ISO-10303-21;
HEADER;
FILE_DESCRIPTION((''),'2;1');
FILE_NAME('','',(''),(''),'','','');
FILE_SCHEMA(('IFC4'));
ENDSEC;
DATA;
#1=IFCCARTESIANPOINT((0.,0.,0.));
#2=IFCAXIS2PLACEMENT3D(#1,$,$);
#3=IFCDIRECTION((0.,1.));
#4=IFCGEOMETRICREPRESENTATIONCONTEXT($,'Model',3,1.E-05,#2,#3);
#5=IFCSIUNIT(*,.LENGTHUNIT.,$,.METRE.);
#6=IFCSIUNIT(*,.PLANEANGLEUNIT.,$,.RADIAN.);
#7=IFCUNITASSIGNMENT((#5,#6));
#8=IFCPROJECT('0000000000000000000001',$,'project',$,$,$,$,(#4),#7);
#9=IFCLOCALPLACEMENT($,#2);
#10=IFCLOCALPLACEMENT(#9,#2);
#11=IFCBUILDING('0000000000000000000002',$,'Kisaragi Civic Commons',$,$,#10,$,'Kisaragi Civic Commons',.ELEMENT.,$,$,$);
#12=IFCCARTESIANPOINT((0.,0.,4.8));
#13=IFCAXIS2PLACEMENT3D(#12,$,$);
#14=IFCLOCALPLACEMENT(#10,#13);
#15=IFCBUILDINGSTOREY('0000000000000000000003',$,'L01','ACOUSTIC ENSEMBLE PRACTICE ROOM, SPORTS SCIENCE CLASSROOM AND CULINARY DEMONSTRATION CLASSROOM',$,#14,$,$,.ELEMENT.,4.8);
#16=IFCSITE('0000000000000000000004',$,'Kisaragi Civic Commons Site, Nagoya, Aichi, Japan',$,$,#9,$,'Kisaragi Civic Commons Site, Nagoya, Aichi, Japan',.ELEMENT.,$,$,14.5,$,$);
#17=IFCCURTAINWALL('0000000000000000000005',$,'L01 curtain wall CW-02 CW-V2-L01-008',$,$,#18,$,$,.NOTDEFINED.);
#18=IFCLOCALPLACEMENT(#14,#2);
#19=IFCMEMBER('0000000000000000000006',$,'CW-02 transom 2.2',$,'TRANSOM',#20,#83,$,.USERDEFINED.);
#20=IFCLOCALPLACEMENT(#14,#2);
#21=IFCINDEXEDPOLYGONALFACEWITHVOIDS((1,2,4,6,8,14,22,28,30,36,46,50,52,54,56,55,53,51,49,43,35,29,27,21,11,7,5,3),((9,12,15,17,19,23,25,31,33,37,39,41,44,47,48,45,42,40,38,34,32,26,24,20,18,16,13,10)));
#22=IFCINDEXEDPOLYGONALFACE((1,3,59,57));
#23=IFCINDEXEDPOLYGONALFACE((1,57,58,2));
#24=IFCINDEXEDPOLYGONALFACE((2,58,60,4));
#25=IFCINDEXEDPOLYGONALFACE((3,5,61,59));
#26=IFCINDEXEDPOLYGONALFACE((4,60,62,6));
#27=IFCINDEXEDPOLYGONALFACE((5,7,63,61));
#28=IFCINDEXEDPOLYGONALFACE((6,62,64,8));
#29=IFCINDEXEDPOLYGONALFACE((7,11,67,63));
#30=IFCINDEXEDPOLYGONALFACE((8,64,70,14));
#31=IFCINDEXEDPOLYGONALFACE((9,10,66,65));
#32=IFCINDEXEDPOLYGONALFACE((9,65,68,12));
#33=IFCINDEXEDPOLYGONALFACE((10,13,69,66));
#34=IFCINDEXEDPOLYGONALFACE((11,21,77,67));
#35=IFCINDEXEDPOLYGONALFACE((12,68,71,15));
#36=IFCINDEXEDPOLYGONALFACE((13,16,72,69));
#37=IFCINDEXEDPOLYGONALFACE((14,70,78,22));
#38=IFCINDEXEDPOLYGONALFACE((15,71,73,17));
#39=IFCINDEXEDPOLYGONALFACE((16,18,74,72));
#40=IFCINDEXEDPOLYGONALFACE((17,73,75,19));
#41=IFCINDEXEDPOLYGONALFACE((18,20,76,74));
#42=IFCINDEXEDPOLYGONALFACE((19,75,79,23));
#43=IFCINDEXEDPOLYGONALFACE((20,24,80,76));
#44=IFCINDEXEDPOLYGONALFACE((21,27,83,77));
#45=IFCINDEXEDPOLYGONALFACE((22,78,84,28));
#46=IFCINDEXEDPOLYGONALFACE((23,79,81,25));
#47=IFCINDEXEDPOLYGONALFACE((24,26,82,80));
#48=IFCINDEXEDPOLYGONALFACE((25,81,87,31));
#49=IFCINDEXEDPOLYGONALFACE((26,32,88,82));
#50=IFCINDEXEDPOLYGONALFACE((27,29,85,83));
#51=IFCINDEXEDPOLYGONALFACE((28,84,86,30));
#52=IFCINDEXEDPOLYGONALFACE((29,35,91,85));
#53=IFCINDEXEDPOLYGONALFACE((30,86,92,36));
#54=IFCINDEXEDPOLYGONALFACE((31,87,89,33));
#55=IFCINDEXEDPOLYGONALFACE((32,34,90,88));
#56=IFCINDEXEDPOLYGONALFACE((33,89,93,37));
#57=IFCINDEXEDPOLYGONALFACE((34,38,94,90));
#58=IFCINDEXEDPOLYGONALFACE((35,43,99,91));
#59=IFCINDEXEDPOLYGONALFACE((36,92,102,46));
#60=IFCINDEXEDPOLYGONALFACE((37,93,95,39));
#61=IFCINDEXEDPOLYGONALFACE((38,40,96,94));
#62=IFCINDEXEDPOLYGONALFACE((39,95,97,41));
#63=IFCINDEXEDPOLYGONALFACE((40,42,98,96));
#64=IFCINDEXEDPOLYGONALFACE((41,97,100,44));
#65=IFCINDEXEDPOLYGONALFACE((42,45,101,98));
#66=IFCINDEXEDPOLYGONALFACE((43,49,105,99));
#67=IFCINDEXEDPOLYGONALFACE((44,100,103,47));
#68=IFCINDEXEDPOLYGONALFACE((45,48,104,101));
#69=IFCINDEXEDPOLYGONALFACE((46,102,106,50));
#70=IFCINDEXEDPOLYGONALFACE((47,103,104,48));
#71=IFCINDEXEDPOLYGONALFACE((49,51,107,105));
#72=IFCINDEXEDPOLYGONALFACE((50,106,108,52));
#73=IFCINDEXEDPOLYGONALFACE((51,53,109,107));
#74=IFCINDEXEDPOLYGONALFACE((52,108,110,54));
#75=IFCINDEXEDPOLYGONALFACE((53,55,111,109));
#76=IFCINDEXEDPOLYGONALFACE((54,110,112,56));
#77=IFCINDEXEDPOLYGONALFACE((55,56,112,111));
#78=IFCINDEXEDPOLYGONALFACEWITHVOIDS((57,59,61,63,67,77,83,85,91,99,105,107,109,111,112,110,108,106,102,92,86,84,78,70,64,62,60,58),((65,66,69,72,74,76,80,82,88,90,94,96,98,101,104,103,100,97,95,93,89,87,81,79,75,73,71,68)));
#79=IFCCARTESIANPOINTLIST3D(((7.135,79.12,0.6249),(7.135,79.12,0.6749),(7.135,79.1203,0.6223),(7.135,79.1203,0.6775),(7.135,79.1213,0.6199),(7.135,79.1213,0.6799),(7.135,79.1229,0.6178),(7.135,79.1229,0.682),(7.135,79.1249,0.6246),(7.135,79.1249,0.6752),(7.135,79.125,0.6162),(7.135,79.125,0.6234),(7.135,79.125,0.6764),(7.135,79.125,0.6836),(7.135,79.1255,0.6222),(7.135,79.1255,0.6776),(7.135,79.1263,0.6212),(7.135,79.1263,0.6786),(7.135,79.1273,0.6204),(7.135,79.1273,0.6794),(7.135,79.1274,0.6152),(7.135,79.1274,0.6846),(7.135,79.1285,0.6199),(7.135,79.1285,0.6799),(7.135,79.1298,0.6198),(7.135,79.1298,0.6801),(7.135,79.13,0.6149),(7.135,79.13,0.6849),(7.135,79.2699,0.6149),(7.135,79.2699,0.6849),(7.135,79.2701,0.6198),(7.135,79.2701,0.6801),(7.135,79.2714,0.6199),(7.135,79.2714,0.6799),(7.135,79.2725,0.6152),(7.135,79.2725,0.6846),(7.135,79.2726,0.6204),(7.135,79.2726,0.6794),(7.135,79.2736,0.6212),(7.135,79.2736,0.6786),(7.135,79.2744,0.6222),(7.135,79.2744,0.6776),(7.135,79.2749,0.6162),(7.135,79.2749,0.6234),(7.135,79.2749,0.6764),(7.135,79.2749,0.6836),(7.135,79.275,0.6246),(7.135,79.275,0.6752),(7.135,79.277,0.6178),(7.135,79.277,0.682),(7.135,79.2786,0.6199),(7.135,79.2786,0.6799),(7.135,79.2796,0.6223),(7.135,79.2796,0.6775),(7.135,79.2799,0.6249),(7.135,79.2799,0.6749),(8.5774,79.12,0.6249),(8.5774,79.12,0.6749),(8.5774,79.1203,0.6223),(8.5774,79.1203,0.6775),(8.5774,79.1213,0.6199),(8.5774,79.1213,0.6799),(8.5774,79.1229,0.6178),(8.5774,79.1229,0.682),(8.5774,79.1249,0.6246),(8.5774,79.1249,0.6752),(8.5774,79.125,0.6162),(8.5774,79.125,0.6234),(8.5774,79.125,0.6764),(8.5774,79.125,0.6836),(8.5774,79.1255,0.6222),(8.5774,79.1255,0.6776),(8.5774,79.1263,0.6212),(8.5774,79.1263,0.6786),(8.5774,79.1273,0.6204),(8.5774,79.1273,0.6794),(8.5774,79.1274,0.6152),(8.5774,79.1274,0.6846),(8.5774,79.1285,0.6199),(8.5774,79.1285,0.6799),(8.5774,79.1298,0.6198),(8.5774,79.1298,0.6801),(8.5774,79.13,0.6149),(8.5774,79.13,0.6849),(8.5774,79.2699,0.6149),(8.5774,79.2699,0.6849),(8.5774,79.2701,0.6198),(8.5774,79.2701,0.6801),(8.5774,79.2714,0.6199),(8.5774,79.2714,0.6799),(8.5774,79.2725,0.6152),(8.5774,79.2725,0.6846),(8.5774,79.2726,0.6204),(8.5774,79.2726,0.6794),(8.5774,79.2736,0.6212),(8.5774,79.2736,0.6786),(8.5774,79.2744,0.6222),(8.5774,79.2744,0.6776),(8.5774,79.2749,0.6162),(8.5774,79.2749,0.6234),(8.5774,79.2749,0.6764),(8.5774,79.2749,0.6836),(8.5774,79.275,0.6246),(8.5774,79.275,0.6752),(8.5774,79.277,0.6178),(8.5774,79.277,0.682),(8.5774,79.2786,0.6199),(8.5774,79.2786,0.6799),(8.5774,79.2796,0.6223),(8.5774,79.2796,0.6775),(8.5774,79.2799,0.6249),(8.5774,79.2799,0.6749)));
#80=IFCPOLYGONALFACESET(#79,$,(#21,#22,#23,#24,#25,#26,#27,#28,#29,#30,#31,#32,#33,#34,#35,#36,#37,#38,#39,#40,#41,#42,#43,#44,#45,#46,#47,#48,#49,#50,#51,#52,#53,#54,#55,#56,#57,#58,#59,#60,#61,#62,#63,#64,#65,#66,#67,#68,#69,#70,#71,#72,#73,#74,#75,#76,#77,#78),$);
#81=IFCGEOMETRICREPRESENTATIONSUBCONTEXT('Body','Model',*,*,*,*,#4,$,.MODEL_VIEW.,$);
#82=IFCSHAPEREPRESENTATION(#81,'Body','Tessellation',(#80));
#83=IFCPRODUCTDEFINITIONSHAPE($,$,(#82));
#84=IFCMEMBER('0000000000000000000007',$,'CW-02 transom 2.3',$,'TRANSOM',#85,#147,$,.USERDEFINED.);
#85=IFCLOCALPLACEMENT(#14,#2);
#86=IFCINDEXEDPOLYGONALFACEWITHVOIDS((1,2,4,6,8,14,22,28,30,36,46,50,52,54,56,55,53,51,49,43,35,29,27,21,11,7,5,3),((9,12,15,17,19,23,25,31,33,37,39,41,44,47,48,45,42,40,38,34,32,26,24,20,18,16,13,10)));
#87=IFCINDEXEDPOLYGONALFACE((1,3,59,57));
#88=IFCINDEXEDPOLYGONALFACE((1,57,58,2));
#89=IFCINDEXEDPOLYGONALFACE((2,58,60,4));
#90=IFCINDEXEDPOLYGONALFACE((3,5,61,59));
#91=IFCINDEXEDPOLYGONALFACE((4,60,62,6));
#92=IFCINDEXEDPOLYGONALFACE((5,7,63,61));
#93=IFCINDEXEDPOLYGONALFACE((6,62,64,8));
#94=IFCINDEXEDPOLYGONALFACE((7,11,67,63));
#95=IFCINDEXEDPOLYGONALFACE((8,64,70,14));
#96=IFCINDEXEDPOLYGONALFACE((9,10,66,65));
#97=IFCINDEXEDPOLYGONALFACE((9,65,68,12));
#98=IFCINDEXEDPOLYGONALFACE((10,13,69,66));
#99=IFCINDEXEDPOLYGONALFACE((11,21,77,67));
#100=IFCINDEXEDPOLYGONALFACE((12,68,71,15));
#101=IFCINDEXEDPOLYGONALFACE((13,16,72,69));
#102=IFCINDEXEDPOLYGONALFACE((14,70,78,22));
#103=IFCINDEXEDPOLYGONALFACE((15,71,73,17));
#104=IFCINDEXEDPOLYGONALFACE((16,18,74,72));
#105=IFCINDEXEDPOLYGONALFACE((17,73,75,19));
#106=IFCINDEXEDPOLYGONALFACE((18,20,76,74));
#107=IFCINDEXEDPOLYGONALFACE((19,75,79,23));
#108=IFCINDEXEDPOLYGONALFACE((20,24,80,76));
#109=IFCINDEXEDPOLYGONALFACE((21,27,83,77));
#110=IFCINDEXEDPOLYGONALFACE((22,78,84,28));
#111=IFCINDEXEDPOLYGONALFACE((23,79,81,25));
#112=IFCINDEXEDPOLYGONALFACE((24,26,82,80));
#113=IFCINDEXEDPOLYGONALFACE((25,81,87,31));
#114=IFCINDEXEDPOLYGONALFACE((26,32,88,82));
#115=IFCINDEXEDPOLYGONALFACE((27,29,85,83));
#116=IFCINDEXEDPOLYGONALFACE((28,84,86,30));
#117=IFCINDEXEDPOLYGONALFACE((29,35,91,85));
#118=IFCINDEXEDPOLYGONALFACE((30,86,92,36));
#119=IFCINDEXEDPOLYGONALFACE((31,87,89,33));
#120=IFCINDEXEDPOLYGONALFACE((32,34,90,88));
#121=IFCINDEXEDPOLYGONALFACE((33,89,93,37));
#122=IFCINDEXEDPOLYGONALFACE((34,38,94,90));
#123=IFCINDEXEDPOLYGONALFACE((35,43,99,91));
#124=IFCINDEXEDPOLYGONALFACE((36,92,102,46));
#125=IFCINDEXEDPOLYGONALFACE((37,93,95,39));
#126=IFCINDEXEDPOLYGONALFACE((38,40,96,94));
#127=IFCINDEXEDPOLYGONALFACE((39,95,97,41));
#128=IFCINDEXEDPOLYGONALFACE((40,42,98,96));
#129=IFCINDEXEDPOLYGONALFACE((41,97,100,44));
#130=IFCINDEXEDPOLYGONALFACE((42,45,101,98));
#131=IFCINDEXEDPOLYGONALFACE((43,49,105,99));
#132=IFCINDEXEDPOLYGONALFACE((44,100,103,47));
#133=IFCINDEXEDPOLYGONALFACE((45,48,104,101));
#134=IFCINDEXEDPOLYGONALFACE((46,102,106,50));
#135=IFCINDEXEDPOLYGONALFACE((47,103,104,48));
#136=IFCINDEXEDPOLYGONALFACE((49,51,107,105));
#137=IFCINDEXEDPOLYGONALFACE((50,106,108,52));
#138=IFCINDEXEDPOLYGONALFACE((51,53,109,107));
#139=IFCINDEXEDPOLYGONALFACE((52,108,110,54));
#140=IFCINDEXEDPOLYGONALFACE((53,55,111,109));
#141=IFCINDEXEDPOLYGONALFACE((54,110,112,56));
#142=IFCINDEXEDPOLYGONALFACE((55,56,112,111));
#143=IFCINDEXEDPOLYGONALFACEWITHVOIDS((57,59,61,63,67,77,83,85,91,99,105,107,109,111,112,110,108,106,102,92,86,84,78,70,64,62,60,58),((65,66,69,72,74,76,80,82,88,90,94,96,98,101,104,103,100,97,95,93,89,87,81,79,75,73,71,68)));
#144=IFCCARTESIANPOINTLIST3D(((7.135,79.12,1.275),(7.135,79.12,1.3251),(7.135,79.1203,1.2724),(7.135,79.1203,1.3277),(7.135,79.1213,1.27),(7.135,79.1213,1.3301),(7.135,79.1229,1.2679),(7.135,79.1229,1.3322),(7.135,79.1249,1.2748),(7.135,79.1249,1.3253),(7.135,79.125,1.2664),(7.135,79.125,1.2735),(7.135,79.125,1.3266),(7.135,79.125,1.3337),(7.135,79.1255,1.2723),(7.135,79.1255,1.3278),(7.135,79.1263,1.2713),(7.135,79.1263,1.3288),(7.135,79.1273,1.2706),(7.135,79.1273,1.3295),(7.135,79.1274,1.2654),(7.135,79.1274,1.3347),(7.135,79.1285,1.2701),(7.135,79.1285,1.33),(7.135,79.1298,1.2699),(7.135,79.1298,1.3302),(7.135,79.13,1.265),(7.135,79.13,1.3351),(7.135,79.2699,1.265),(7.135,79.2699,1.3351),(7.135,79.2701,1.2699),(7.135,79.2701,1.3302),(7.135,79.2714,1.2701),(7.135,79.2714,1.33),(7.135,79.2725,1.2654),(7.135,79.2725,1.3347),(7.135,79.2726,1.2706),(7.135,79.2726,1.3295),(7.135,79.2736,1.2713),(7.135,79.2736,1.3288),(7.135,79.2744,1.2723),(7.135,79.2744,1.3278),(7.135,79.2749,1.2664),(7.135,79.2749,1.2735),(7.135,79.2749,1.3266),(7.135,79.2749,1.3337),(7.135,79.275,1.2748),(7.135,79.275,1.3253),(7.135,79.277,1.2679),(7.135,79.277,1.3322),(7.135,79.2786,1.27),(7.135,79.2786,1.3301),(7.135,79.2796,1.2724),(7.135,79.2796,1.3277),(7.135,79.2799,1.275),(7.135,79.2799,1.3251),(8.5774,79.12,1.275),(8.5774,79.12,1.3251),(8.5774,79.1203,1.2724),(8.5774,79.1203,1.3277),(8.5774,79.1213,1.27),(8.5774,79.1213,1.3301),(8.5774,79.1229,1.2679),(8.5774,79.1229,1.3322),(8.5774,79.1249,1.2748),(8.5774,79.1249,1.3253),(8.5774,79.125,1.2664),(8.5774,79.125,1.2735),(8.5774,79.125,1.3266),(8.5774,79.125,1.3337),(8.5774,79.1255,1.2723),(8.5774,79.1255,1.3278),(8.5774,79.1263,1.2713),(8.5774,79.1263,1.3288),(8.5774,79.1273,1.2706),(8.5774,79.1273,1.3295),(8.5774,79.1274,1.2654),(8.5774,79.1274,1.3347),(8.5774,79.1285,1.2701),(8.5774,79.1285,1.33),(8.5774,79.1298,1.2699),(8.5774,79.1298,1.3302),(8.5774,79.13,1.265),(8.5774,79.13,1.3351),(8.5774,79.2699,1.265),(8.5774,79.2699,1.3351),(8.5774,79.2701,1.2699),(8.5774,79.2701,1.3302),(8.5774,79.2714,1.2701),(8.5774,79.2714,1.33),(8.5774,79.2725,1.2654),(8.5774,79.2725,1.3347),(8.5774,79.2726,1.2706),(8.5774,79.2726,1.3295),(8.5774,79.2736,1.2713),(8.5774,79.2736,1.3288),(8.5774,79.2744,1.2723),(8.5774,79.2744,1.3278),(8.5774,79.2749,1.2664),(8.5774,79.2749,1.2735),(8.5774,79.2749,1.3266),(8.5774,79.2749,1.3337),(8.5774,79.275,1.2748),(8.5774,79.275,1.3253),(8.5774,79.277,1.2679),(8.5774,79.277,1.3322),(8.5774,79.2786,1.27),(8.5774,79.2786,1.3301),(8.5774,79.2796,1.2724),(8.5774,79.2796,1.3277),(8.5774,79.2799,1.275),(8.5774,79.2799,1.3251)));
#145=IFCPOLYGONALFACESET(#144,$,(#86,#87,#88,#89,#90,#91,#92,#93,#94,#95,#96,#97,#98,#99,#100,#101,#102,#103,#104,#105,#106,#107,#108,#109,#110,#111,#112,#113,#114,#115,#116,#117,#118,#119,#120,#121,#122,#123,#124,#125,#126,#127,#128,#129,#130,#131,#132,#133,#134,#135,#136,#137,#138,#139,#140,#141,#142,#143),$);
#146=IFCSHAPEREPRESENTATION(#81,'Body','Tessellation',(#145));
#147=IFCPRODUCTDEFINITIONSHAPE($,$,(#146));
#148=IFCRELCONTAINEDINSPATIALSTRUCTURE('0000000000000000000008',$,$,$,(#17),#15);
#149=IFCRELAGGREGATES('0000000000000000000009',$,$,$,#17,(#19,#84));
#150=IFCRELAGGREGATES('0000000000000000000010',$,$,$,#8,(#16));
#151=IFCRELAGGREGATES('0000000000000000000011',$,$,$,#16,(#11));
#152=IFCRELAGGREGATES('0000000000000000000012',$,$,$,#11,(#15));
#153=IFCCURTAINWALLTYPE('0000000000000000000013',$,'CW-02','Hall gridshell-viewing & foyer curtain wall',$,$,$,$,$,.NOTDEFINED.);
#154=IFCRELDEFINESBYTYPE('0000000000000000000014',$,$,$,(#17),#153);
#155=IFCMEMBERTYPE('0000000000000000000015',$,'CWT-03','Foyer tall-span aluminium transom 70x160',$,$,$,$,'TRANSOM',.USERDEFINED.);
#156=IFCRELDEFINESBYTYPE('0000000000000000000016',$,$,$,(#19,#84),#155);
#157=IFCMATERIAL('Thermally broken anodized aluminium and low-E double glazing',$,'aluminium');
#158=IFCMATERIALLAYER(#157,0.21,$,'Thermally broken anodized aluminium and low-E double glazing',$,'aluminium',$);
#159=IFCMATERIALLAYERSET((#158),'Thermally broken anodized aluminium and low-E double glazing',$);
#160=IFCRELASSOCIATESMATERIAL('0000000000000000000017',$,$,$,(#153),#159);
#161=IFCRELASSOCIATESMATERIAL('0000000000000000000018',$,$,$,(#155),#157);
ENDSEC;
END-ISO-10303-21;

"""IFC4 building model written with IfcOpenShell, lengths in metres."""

from ifc_helpers import new_model, si_unit, direction, frame, origin, origin_2d, place, context, subcontext, project, spatial, hollow_rectangle, extrude, material, layer, layer_set, material_profile, profile_set, type_object, element, aggregate, save


model = new_model("IFC4")

# Units and contexts
model_context = context("Model", 3, precision=1e-05, world=origin(), true_north=direction((0.0, 1.0)))
body_context = subcontext(model_context, "Body", "Model", "MODEL_VIEW")
ifc_project = project(units=[si_unit("LENGTHUNIT", "METRE"), si_unit("PLANEANGLEUNIT", "RADIAN")], contexts=[model_context])

# Site, building, storey
site_placement = place(None, origin())
site = spatial("IfcSite", under=ifc_project, at=site_placement, Name="Kisaragi Civic Commons Site, Nagoya, Aichi, Japan", LongName="Kisaragi Civic Commons Site, Nagoya, Aichi, Japan", CompositionType="ELEMENT", RefElevation=14.5)
building_placement = place(site_placement, origin())
building = spatial("IfcBuilding", under=site, at=building_placement, Name="Kisaragi Civic Commons", LongName="Kisaragi Civic Commons", CompositionType="ELEMENT")
storey_placement = place(building_placement, frame((0.0, 0.0, 4.8)))
storey = spatial("IfcBuildingStorey", under=building, at=storey_placement, Name="L01", Description="ACOUSTIC ENSEMBLE PRACTICE ROOM, SPORTS SCIENCE CLASSROOM AND CULINARY DEMONSTRATION CLASSROOM", CompositionType="ELEMENT", Elevation=4.8)

# Curtain wall, members
ifc_material_1 = material(Name="Thermally broken anodized aluminium and low-E double glazing", Category="aluminium")
ifc_layer_1 = layer(ifc_material_1, 0.21, Name="Thermally broken anodized aluminium and low-E double glazing", Category="aluminium")
ifc_layer_set_1 = layer_set([ifc_layer_1], Name="Thermally broken anodized aluminium and low-E double glazing")
curtain_wall_type = type_object("IfcCurtainWallType", Name="CW-02", Description="Hall gridshell-viewing & foyer curtain wall", PredefinedType="NOTDEFINED", material=ifc_layer_set_1)
curtain_wall_placement = place(storey_placement, origin())
curtain_wall = element("IfcCurtainWall", 1, at=curtain_wall_placement, inside=storey, type_object=curtain_wall_type, Name="L01 curtain wall CW-02 CW-V2-L01-008", PredefinedType="NOTDEFINED")
ifc_material_profile_1 = material_profile(ifc_material_1, hollow_rectangle(XDim=0.1599, YDim=0.0701, WallThickness=0.0049, InnerFilletRadius=0.0049, OuterFilletRadius=0.01, at=origin_2d()), Name="CWT-70x160x5", Category="aluminium")
ifc_profile_set_1 = profile_set([ifc_material_profile_1], Name="Thermally broken anodized aluminium and low-E double glazing")
member_type_1 = type_object("IfcMemberType", Name="CWT-03", Description="Foyer tall-span aluminium transom 70x160", ElementType="TRANSOM", PredefinedType="USERDEFINED", material=ifc_profile_set_1)
member_1_placement = place(storey_placement, frame((8.5774, 79.2, 0.6499), z_axis=(-1.0, 0.0, 0.0), x_axis=(0.0, -1.0, 0.0)))
member_1 = element("IfcMember", 2, at=member_1_placement, type_object=member_type_1, Name="CW-02 transom 2.2", ObjectType="TRANSOM", PredefinedType="USERDEFINED", context=body_context, shape_type="SweptSolid", body=[
    extrude(hollow_rectangle(XDim=0.1599, YDim=0.0701, WallThickness=0.0049, InnerFilletRadius=0.0049, OuterFilletRadius=0.01, at=origin_2d()), origin(), (0.0, 0.0, 1.0), 1.4424),
])
member_2_placement = place(storey_placement, frame((8.5774, 79.2, 1.3), z_axis=(-1.0, 0.0, 0.0), x_axis=(0.0, -1.0, 0.0)))
member_2 = element("IfcMember", 3, at=member_2_placement, type_object=member_type_1, Name="CW-02 transom 2.3", ObjectType="TRANSOM", PredefinedType="USERDEFINED", context=body_context, shape_type="SweptSolid", body=[
    extrude(hollow_rectangle(XDim=0.1599, YDim=0.0701, WallThickness=0.0049, InnerFilletRadius=0.0049, OuterFilletRadius=0.01, at=origin_2d()), origin(), (0.0, 0.0, 1.0), 1.4424),
])

aggregate(curtain_wall, [member_1, member_2])

save(model, "model.ifc")
